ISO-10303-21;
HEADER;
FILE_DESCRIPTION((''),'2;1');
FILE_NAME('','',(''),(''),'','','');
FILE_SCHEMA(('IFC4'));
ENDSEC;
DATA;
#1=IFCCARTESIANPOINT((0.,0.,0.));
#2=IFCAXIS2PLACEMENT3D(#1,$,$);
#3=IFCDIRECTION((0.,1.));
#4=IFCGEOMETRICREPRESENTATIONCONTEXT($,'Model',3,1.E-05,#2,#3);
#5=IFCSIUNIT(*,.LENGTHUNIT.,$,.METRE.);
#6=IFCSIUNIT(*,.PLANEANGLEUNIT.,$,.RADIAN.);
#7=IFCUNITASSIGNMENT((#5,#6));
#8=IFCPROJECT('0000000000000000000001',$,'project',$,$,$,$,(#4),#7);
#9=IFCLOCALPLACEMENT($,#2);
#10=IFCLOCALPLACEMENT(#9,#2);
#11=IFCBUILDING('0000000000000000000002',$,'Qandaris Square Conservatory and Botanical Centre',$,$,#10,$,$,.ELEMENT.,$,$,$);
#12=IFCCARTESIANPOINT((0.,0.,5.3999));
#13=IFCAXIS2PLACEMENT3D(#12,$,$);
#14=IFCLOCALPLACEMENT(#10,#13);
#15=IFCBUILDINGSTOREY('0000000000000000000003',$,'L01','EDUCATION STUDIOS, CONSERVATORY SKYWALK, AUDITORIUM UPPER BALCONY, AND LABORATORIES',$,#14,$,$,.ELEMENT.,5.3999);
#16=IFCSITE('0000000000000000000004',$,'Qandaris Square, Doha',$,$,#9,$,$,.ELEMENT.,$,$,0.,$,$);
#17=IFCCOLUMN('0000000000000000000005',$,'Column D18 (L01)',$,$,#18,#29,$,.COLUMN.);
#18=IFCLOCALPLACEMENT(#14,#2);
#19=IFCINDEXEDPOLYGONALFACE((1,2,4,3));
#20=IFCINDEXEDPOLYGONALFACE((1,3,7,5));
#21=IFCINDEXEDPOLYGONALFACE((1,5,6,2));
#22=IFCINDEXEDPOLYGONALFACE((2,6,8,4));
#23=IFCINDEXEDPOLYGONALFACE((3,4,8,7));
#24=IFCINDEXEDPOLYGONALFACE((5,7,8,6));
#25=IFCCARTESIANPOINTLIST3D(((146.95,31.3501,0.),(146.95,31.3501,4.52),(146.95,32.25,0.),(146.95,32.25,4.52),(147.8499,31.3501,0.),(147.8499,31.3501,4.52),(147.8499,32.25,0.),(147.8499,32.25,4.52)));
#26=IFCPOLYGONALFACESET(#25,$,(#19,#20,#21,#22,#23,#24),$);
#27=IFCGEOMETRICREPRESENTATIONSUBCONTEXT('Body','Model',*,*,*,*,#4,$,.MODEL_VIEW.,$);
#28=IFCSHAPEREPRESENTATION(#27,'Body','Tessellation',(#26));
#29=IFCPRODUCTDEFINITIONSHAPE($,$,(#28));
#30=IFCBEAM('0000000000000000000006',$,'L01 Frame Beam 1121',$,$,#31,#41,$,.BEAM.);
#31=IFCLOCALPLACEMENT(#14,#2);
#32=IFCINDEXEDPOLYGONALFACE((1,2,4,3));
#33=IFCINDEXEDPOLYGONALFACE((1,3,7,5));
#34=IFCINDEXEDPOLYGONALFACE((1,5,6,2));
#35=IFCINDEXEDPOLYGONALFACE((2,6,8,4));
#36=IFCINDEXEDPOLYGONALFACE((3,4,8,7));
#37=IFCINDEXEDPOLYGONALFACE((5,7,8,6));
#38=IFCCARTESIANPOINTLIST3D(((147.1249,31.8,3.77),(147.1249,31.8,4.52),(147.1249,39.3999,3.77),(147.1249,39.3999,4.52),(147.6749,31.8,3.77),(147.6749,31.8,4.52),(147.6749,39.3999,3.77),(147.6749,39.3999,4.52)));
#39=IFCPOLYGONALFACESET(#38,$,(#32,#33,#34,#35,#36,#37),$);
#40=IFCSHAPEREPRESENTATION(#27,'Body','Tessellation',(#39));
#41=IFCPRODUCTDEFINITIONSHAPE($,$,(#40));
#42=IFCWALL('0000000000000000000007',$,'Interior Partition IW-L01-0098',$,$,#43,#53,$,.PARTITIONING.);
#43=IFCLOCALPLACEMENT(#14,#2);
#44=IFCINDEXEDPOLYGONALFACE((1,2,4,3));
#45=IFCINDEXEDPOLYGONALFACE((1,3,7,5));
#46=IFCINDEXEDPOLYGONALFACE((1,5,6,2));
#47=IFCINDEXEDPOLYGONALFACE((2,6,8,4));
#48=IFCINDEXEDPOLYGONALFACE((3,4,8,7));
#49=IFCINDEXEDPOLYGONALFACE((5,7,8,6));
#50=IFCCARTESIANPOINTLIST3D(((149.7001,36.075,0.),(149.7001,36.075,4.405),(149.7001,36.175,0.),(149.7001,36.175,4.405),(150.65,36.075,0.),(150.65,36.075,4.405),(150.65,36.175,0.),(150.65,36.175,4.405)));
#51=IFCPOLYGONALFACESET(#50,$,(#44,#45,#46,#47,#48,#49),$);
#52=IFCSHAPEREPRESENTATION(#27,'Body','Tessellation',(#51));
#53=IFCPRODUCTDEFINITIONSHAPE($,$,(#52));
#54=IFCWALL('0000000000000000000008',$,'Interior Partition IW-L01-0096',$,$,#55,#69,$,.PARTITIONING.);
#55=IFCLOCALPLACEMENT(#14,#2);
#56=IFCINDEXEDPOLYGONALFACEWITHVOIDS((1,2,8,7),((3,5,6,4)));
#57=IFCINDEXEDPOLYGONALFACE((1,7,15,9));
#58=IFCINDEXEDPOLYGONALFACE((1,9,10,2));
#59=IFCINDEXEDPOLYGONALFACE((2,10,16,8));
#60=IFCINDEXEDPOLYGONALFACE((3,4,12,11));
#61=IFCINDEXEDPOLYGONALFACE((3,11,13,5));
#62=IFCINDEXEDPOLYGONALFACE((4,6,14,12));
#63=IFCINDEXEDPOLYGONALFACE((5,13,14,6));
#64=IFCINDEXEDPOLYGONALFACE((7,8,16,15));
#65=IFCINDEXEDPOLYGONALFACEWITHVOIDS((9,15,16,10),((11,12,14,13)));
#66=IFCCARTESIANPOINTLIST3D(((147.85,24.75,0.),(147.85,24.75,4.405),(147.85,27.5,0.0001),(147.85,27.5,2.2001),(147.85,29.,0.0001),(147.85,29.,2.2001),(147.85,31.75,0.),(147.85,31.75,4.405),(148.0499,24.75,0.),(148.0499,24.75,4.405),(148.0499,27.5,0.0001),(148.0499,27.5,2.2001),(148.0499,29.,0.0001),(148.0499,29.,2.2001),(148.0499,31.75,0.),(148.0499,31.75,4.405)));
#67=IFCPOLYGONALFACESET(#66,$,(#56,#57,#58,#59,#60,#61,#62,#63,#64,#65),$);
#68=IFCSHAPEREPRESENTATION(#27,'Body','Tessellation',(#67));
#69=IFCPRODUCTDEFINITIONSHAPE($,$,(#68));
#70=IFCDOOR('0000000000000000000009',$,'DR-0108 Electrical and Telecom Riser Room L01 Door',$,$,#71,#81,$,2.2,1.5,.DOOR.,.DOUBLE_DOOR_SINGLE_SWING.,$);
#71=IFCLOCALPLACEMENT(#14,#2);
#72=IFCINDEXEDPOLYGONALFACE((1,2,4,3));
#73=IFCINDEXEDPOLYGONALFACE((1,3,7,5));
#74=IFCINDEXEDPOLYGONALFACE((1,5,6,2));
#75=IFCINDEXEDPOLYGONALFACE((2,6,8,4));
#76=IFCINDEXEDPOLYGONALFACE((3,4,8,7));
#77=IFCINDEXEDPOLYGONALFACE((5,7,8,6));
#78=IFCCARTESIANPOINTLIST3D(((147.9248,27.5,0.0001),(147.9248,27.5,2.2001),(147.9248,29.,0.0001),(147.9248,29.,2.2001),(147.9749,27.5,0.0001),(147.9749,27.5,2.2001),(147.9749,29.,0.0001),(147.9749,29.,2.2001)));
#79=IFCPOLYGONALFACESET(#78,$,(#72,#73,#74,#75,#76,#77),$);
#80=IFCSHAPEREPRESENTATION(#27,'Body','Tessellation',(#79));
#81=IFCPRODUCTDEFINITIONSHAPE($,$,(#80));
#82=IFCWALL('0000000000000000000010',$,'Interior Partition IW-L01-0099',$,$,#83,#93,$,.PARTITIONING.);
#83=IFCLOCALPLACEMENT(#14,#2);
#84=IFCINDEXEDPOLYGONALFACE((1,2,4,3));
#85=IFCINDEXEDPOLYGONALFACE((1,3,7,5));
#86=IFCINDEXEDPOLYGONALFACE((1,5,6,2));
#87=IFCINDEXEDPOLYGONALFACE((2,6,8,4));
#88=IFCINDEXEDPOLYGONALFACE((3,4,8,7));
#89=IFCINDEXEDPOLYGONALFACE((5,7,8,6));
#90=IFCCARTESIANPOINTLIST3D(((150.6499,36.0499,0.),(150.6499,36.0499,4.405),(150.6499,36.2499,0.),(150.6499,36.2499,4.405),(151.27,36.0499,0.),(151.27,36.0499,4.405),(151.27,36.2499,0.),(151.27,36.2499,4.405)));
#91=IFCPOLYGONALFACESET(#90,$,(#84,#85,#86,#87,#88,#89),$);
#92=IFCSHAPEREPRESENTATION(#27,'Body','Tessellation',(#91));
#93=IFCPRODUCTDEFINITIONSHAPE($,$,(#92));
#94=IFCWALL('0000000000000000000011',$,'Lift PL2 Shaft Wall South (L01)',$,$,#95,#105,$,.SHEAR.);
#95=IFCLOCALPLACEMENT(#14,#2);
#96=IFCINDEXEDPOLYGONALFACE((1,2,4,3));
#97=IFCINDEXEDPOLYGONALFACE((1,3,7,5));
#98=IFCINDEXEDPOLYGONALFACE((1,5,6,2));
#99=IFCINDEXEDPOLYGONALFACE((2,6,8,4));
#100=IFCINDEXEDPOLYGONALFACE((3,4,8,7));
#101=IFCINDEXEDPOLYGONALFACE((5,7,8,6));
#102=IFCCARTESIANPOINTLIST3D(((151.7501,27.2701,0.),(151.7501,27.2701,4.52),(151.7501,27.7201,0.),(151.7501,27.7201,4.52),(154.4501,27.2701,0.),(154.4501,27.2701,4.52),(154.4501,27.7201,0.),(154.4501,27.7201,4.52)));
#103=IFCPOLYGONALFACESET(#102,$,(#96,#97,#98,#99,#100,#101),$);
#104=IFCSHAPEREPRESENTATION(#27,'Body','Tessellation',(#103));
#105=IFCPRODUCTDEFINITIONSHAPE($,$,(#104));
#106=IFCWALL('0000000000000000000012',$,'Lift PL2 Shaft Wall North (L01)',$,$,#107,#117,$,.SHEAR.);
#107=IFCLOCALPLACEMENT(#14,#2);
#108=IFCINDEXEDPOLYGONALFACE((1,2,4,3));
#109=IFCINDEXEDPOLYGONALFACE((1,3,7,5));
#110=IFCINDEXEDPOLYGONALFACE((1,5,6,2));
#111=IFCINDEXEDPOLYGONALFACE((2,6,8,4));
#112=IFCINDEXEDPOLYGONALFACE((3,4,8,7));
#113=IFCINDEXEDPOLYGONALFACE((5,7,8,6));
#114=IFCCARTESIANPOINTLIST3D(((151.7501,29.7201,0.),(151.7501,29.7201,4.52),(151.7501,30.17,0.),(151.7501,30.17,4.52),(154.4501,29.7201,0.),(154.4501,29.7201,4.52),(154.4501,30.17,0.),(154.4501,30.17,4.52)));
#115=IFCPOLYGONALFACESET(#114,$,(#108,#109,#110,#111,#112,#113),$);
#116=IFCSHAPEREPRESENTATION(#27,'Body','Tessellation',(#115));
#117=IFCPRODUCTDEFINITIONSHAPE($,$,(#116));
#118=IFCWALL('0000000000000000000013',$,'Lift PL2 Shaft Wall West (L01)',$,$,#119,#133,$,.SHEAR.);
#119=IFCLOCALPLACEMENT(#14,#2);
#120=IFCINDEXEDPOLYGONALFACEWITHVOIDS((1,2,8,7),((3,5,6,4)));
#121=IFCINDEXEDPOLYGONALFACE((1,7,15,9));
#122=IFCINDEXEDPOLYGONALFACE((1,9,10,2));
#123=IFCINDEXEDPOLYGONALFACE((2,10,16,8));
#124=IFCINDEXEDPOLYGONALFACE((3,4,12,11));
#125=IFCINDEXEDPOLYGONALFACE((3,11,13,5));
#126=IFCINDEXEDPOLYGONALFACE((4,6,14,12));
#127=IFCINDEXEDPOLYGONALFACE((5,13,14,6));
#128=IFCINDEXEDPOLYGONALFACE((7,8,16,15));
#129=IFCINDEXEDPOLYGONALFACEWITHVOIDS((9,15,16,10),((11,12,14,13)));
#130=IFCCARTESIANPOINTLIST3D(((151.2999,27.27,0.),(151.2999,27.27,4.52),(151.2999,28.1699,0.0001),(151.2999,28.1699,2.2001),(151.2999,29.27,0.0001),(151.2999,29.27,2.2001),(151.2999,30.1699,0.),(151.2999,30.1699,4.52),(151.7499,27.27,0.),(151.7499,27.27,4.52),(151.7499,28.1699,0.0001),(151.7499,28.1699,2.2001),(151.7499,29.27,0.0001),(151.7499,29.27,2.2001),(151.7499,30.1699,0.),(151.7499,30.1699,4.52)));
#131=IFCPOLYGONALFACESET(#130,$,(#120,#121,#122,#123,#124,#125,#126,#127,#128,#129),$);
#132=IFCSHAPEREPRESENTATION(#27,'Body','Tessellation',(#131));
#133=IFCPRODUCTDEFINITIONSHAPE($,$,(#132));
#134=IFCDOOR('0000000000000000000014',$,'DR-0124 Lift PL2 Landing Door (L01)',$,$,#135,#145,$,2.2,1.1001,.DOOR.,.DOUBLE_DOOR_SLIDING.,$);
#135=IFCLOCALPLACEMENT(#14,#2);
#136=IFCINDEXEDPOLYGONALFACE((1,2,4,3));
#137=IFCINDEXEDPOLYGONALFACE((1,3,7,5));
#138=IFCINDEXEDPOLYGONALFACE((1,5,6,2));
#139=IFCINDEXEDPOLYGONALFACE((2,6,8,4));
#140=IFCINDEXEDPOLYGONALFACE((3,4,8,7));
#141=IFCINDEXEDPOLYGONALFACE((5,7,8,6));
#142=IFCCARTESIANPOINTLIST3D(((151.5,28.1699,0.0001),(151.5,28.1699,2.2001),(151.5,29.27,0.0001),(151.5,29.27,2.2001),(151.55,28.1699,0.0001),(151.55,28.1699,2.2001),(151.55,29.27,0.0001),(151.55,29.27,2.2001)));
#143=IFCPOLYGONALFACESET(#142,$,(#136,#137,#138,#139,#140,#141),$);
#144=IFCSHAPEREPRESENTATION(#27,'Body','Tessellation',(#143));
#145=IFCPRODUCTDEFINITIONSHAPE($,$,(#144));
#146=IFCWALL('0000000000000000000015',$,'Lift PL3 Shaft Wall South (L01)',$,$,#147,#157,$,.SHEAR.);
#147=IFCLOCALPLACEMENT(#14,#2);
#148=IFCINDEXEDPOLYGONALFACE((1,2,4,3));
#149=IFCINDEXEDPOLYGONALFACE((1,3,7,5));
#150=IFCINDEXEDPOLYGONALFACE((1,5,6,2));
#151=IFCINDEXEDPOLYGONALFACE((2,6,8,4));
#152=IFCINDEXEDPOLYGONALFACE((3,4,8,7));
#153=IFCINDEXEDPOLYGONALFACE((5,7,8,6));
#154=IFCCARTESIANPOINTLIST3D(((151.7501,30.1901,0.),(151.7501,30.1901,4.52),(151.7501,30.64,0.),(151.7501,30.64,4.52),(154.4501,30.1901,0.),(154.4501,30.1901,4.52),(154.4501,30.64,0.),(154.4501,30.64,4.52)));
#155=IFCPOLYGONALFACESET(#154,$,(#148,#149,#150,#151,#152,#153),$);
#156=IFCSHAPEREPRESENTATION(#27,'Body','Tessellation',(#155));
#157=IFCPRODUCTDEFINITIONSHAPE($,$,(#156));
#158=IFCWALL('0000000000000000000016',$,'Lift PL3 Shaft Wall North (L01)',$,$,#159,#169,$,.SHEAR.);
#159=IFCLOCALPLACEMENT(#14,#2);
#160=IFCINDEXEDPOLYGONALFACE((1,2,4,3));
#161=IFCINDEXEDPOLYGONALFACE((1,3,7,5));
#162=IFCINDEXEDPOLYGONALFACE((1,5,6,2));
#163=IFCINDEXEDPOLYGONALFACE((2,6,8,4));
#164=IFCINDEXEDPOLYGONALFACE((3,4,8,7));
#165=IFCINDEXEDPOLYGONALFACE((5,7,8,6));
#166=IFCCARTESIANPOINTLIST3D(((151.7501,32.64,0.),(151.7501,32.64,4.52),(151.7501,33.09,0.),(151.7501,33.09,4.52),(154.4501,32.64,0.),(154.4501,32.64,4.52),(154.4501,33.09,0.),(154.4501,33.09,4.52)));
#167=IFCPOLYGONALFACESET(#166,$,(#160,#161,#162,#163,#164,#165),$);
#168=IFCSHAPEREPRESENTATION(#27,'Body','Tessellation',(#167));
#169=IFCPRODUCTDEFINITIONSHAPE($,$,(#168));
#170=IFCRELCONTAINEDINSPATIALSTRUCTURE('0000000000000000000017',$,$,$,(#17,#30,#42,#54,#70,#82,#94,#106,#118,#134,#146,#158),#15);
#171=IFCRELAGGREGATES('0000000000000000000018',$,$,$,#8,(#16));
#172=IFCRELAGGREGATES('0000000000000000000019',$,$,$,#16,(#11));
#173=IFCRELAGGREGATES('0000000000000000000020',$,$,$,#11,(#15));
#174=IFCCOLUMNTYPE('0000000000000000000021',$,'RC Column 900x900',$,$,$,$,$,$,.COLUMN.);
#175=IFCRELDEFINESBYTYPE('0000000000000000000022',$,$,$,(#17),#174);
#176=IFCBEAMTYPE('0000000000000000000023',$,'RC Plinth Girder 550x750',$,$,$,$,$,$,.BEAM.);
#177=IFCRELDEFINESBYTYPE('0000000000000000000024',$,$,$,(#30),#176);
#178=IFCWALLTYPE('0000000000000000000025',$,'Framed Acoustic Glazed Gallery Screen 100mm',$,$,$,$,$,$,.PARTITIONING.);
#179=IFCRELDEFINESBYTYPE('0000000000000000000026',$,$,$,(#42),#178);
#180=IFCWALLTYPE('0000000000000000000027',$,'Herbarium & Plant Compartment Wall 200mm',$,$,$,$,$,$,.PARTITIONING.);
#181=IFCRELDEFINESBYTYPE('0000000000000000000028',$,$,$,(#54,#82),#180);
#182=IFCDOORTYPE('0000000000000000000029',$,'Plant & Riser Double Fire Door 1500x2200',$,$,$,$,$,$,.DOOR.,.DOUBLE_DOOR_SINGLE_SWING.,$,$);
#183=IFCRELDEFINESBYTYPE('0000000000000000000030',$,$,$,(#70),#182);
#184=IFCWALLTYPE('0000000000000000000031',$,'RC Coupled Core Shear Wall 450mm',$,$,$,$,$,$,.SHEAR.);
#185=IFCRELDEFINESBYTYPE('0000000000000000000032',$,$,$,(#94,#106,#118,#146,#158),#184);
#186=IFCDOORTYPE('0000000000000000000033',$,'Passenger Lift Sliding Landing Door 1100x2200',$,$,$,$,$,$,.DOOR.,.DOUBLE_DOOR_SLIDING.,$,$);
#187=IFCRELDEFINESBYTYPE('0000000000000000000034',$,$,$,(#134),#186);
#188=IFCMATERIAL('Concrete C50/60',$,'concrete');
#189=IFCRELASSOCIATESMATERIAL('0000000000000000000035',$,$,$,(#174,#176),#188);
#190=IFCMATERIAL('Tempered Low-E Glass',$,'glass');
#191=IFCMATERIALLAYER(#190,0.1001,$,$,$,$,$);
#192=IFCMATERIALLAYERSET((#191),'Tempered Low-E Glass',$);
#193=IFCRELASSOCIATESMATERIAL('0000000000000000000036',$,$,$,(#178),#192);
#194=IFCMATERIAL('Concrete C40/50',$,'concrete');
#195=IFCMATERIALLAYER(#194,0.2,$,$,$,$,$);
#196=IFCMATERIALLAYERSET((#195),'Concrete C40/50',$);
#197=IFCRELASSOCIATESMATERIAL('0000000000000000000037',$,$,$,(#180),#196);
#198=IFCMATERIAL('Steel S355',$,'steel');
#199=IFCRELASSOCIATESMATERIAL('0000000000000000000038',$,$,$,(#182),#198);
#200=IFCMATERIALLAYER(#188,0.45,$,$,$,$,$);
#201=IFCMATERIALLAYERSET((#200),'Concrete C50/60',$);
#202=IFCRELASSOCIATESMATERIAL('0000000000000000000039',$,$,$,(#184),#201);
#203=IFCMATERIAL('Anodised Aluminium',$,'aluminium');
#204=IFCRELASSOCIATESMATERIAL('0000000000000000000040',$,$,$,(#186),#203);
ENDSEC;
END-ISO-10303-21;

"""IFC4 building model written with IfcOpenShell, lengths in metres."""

from ifc_helpers import new_model, si_unit, direction, frame, frame_2d, origin, origin_2d, place, context, subcontext, project, spatial, rectangle, extrude, material, layer, layer_set, material_profile, profile_set, type_object, element, fill, save


model = new_model("IFC4")

# Units and contexts
model_context = context("Model", 3, precision=1e-05, world=origin(), true_north=direction((0.0, 1.0)))
body_context = subcontext(model_context, "Body", "Model", "MODEL_VIEW")
ifc_project = project(units=[si_unit("LENGTHUNIT", "METRE"), si_unit("PLANEANGLEUNIT", "RADIAN")], contexts=[model_context])

# Site, building, storey
site_placement = place(None, origin())
site = spatial("IfcSite", under=ifc_project, at=site_placement, Name="Qandaris Square, Doha", CompositionType="ELEMENT", RefElevation=0.0)
building_placement = place(site_placement, origin())
building = spatial("IfcBuilding", under=site, at=building_placement, Name="Qandaris Square Conservatory and Botanical Centre", CompositionType="ELEMENT")
storey_placement = place(building_placement, frame((0.0, 0.0, 5.3999)))
storey = spatial("IfcBuildingStorey", under=building, at=storey_placement, Name="L01", Description="EDUCATION STUDIOS, CONSERVATORY SKYWALK, AUDITORIUM UPPER BALCONY, AND LABORATORIES", CompositionType="ELEMENT", Elevation=5.3999)

# Column
ifc_material_1 = material(Name="Concrete C50/60", Category="concrete")
ifc_material_profile_1 = material_profile(ifc_material_1, rectangle(XDim=0.8999, YDim=0.8999, at=origin_2d()), Name="RC-COL 900x900")
ifc_profile_set_1 = profile_set([ifc_material_profile_1], Name="Concrete C50/60")
column_type = type_object("IfcColumnType", Name="RC Column 900x900", PredefinedType="COLUMN", material=ifc_profile_set_1)
column_placement = place(storey_placement, frame((147.3999, 31.8, 0.0), z_axis=(0.0, 0.0, 1.0), x_axis=(1.0, 0.0, 0.0)))
element("IfcColumn", 1, at=column_placement, inside=storey, type_object=column_type, Name="Column D18 (L01)", PredefinedType="COLUMN", context=body_context, shape_type="SweptSolid", body=[
    extrude(rectangle(XDim=0.8999, YDim=0.8999, at=origin_2d()), origin(), (0.0, 0.0, 1.0), 4.52),
])

# Beam
ifc_material_profile_2 = material_profile(ifc_material_1, rectangle(XDim=0.55, YDim=0.75, at=origin_2d()), Name="RC-BM 550x750")
ifc_profile_set_2 = profile_set([ifc_material_profile_2], Name="Concrete C50/60")
beam_type = type_object("IfcBeamType", Name="RC Plinth Girder 550x750", PredefinedType="BEAM", material=ifc_profile_set_2)
beam_placement = place(storey_placement, frame((147.3999, 31.8, 4.145), z_axis=(0.0, 1.0, 0.0), x_axis=(-1.0, 0.0, 0.0)))
element("IfcBeam", 2, at=beam_placement, inside=storey, type_object=beam_type, Name="L01 Frame Beam 1121", PredefinedType="BEAM", context=body_context, shape_type="SweptSolid", body=[
    extrude(rectangle(XDim=0.55, YDim=0.75, at=origin_2d()), origin(), (0.0, 0.0, 1.0), 7.5999),
])

# Wall
ifc_material_2 = material(Name="Tempered Low-E Glass", Category="glass")
ifc_layer_1 = layer(ifc_material_2, 0.1001)
ifc_layer_set_1 = layer_set([ifc_layer_1], Name="Tempered Low-E Glass")
wall_type_1 = type_object("IfcWallType", Name="Framed Acoustic Glazed Gallery Screen 100mm", PredefinedType="PARTITIONING", material=ifc_layer_set_1)
wall_1_placement = place(storey_placement, frame((149.7, 36.125, 0.0), z_axis=(0.0, 0.0, 1.0), x_axis=(1.0, 0.0, 0.0)))
element("IfcWall", 3, at=wall_1_placement, inside=storey, type_object=wall_type_1, Name="Interior Partition IW-L01-0098", PredefinedType="PARTITIONING", context=body_context, shape_type="SweptSolid", body=[
    extrude(rectangle(XDim=0.95, YDim=0.1001, at=frame_2d((0.4751, 0.0))), origin(), (0.0, 0.0, 1.0), 4.405),
])

# Wall, opening, door
ifc_material_3 = material(Name="Concrete C40/50", Category="concrete")
ifc_layer_2 = layer(ifc_material_3, 0.2)
ifc_layer_set_2 = layer_set([ifc_layer_2], Name="Concrete C40/50")
wall_type_2 = type_object("IfcWallType", Name="Herbarium & Plant Compartment Wall 200mm", PredefinedType="PARTITIONING", material=ifc_layer_set_2)
wall_2_placement = place(storey_placement, frame((147.95, 31.75, 0.0), z_axis=(0.0, 0.0, 1.0), x_axis=(0.0, -1.0, 0.0)))
wall_2 = element("IfcWall", 4, at=wall_2_placement, inside=storey, type_object=wall_type_2, Name="Interior Partition IW-L01-0096", PredefinedType="PARTITIONING", context=body_context, shape_type="SweptSolid", body=[
    extrude(rectangle(XDim=7.0, YDim=0.2, at=frame_2d((3.5, 0.0))), origin(), (0.0, 0.0, 1.0), 4.405),
])
opening_1_placement = place(wall_2_placement, frame((2.75, 0.0, 0.0)))
opening_1 = element("IfcOpeningElement", 5, at=opening_1_placement, cuts=wall_2, PredefinedType="OPENING", context=body_context, shape_type="SweptSolid", body=[
    extrude(rectangle(XDim=1.5, YDim=2.2, at=frame_2d((0.75, 1.1001))), frame((0.0, 0.1118, 0.0), z_axis=(0.0, -1.0, 0.0), x_axis=(1.0, 0.0, 0.0)), (0.0, 0.0, 1.0), 0.2239),
])
ifc_material_4 = material(Name="Steel S355", Category="steel")
door_type_1 = type_object("IfcDoorType", Name="Plant & Riser Double Fire Door 1500x2200", OperationType="DOUBLE_DOOR_SINGLE_SWING", PredefinedType="DOOR", material=ifc_material_4)
door_1_placement = place(opening_1_placement, origin())
door_1 = element("IfcDoor", 6, at=door_1_placement, inside=storey, type_object=door_type_1, Name="DR-0108 Electrical and Telecom Riser Room L01 Door", OperationType="DOUBLE_DOOR_SINGLE_SWING", OverallHeight=2.2, OverallWidth=1.5, PredefinedType="DOOR", context=body_context, shape_type="SweptSolid", body=[
    extrude(rectangle(XDim=1.5, YDim=2.2, at=frame_2d((0.75, 1.1001))), frame((0.0, 0.0249, 0.0), z_axis=(0.0, -1.0, 0.0), x_axis=(1.0, 0.0, 0.0)), (0.0, 0.0, 1.0), 0.05),
])
fill(opening_1, door_1)

# Walls
wall_3_placement = place(storey_placement, frame((150.6499, 36.1499, 0.0), z_axis=(0.0, 0.0, 1.0), x_axis=(1.0, 0.0, 0.0)))
element("IfcWall", 7, at=wall_3_placement, inside=storey, type_object=wall_type_2, Name="Interior Partition IW-L01-0099", PredefinedType="PARTITIONING", context=body_context, shape_type="SweptSolid", body=[
    extrude(rectangle(XDim=0.6201, YDim=0.2, at=frame_2d((0.3101, 0.0))), origin(), (0.0, 0.0, 1.0), 4.405),
])
ifc_layer_3 = layer(ifc_material_1, 0.45)
ifc_layer_set_3 = layer_set([ifc_layer_3], Name="Concrete C50/60")
wall_type_3 = type_object("IfcWallType", Name="RC Coupled Core Shear Wall 450mm", PredefinedType="SHEAR", material=ifc_layer_set_3)
for number, where, z_axis, x_axis, name in (
    (8, (151.75, 27.4951, 0.0), (0.0, 0.0, 1.0), (1.0, 0.0, 0.0), "Lift PL2 Shaft Wall South (L01)"),
    (9, (151.75, 29.9451, 0.0), (0.0, 0.0, 1.0), (1.0, 0.0, 0.0), "Lift PL2 Shaft Wall North (L01)"),
):
    element("IfcWall", number, at=place(storey_placement, frame(where, z_axis=z_axis, x_axis=x_axis)), inside=storey, type_object=wall_type_3, Name=name, PredefinedType="SHEAR", context=body_context, shape_type="SweptSolid", body=[
        extrude(rectangle(XDim=2.7, YDim=0.45, at=frame_2d((1.3501, 0.0))), origin(), (0.0, 0.0, 1.0), 4.52),
    ])

# Wall, opening, door
wall_4_placement = place(storey_placement, frame((151.5249, 27.27, 0.0), z_axis=(0.0, 0.0, 1.0), x_axis=(0.0, 1.0, 0.0)))
wall_4 = element("IfcWall", 10, at=wall_4_placement, inside=storey, type_object=wall_type_3, Name="Lift PL2 Shaft Wall West (L01)", PredefinedType="SHEAR", context=body_context, shape_type="SweptSolid", body=[
    extrude(rectangle(XDim=2.8999, YDim=0.45, at=frame_2d((1.45, 0.0))), origin(), (0.0, 0.0, 1.0), 4.52),
])
opening_2_placement = place(wall_4_placement, frame((0.8999, 0.0, 0.0)))
opening_2 = element("IfcOpeningElement", 11, at=opening_2_placement, cuts=wall_4, PredefinedType="OPENING", context=body_context, shape_type="SweptSolid", body=[
    extrude(rectangle(XDim=1.1001, YDim=2.2, at=frame_2d((0.55, 1.1001))), frame((0.0, 0.2368, 0.0), z_axis=(0.0, -1.0, 0.0), x_axis=(1.0, 0.0, 0.0)), (0.0, 0.0, 1.0), 0.4739),
])
ifc_material_5 = material(Name="Anodised Aluminium", Category="aluminium")
door_type_2 = type_object("IfcDoorType", Name="Passenger Lift Sliding Landing Door 1100x2200", OperationType="DOUBLE_DOOR_SLIDING", PredefinedType="DOOR", material=ifc_material_5)
door_2_placement = place(opening_2_placement, origin())
door_2 = element("IfcDoor", 12, at=door_2_placement, inside=storey, type_object=door_type_2, Name="DR-0124 Lift PL2 Landing Door (L01)", OperationType="DOUBLE_DOOR_SLIDING", OverallHeight=2.2, OverallWidth=1.1001, PredefinedType="DOOR", context=body_context, shape_type="SweptSolid", body=[
    extrude(rectangle(XDim=1.1001, YDim=2.2, at=frame_2d((0.55, 1.1001))), frame((0.0, 0.0249, 0.0), z_axis=(0.0, -1.0, 0.0), x_axis=(1.0, 0.0, 0.0)), (0.0, 0.0, 1.0), 0.05),
])
fill(opening_2, door_2)

# Walls
for number, where, z_axis, x_axis, name in (
    (13, (151.75, 30.415, 0.0), (0.0, 0.0, 1.0), (1.0, 0.0, 0.0), "Lift PL3 Shaft Wall South (L01)"),
    (14, (151.75, 32.865, 0.0), (0.0, 0.0, 1.0), (1.0, 0.0, 0.0), "Lift PL3 Shaft Wall North (L01)"),
):
    element("IfcWall", number, at=place(storey_placement, frame(where, z_axis=z_axis, x_axis=x_axis)), inside=storey, type_object=wall_type_3, Name=name, PredefinedType="SHEAR", context=body_context, shape_type="SweptSolid", body=[
        extrude(rectangle(XDim=2.7, YDim=0.45, at=frame_2d((1.3501, 0.0))), origin(), (0.0, 0.0, 1.0), 4.52),
    ])

save(model, "model.ifc")
